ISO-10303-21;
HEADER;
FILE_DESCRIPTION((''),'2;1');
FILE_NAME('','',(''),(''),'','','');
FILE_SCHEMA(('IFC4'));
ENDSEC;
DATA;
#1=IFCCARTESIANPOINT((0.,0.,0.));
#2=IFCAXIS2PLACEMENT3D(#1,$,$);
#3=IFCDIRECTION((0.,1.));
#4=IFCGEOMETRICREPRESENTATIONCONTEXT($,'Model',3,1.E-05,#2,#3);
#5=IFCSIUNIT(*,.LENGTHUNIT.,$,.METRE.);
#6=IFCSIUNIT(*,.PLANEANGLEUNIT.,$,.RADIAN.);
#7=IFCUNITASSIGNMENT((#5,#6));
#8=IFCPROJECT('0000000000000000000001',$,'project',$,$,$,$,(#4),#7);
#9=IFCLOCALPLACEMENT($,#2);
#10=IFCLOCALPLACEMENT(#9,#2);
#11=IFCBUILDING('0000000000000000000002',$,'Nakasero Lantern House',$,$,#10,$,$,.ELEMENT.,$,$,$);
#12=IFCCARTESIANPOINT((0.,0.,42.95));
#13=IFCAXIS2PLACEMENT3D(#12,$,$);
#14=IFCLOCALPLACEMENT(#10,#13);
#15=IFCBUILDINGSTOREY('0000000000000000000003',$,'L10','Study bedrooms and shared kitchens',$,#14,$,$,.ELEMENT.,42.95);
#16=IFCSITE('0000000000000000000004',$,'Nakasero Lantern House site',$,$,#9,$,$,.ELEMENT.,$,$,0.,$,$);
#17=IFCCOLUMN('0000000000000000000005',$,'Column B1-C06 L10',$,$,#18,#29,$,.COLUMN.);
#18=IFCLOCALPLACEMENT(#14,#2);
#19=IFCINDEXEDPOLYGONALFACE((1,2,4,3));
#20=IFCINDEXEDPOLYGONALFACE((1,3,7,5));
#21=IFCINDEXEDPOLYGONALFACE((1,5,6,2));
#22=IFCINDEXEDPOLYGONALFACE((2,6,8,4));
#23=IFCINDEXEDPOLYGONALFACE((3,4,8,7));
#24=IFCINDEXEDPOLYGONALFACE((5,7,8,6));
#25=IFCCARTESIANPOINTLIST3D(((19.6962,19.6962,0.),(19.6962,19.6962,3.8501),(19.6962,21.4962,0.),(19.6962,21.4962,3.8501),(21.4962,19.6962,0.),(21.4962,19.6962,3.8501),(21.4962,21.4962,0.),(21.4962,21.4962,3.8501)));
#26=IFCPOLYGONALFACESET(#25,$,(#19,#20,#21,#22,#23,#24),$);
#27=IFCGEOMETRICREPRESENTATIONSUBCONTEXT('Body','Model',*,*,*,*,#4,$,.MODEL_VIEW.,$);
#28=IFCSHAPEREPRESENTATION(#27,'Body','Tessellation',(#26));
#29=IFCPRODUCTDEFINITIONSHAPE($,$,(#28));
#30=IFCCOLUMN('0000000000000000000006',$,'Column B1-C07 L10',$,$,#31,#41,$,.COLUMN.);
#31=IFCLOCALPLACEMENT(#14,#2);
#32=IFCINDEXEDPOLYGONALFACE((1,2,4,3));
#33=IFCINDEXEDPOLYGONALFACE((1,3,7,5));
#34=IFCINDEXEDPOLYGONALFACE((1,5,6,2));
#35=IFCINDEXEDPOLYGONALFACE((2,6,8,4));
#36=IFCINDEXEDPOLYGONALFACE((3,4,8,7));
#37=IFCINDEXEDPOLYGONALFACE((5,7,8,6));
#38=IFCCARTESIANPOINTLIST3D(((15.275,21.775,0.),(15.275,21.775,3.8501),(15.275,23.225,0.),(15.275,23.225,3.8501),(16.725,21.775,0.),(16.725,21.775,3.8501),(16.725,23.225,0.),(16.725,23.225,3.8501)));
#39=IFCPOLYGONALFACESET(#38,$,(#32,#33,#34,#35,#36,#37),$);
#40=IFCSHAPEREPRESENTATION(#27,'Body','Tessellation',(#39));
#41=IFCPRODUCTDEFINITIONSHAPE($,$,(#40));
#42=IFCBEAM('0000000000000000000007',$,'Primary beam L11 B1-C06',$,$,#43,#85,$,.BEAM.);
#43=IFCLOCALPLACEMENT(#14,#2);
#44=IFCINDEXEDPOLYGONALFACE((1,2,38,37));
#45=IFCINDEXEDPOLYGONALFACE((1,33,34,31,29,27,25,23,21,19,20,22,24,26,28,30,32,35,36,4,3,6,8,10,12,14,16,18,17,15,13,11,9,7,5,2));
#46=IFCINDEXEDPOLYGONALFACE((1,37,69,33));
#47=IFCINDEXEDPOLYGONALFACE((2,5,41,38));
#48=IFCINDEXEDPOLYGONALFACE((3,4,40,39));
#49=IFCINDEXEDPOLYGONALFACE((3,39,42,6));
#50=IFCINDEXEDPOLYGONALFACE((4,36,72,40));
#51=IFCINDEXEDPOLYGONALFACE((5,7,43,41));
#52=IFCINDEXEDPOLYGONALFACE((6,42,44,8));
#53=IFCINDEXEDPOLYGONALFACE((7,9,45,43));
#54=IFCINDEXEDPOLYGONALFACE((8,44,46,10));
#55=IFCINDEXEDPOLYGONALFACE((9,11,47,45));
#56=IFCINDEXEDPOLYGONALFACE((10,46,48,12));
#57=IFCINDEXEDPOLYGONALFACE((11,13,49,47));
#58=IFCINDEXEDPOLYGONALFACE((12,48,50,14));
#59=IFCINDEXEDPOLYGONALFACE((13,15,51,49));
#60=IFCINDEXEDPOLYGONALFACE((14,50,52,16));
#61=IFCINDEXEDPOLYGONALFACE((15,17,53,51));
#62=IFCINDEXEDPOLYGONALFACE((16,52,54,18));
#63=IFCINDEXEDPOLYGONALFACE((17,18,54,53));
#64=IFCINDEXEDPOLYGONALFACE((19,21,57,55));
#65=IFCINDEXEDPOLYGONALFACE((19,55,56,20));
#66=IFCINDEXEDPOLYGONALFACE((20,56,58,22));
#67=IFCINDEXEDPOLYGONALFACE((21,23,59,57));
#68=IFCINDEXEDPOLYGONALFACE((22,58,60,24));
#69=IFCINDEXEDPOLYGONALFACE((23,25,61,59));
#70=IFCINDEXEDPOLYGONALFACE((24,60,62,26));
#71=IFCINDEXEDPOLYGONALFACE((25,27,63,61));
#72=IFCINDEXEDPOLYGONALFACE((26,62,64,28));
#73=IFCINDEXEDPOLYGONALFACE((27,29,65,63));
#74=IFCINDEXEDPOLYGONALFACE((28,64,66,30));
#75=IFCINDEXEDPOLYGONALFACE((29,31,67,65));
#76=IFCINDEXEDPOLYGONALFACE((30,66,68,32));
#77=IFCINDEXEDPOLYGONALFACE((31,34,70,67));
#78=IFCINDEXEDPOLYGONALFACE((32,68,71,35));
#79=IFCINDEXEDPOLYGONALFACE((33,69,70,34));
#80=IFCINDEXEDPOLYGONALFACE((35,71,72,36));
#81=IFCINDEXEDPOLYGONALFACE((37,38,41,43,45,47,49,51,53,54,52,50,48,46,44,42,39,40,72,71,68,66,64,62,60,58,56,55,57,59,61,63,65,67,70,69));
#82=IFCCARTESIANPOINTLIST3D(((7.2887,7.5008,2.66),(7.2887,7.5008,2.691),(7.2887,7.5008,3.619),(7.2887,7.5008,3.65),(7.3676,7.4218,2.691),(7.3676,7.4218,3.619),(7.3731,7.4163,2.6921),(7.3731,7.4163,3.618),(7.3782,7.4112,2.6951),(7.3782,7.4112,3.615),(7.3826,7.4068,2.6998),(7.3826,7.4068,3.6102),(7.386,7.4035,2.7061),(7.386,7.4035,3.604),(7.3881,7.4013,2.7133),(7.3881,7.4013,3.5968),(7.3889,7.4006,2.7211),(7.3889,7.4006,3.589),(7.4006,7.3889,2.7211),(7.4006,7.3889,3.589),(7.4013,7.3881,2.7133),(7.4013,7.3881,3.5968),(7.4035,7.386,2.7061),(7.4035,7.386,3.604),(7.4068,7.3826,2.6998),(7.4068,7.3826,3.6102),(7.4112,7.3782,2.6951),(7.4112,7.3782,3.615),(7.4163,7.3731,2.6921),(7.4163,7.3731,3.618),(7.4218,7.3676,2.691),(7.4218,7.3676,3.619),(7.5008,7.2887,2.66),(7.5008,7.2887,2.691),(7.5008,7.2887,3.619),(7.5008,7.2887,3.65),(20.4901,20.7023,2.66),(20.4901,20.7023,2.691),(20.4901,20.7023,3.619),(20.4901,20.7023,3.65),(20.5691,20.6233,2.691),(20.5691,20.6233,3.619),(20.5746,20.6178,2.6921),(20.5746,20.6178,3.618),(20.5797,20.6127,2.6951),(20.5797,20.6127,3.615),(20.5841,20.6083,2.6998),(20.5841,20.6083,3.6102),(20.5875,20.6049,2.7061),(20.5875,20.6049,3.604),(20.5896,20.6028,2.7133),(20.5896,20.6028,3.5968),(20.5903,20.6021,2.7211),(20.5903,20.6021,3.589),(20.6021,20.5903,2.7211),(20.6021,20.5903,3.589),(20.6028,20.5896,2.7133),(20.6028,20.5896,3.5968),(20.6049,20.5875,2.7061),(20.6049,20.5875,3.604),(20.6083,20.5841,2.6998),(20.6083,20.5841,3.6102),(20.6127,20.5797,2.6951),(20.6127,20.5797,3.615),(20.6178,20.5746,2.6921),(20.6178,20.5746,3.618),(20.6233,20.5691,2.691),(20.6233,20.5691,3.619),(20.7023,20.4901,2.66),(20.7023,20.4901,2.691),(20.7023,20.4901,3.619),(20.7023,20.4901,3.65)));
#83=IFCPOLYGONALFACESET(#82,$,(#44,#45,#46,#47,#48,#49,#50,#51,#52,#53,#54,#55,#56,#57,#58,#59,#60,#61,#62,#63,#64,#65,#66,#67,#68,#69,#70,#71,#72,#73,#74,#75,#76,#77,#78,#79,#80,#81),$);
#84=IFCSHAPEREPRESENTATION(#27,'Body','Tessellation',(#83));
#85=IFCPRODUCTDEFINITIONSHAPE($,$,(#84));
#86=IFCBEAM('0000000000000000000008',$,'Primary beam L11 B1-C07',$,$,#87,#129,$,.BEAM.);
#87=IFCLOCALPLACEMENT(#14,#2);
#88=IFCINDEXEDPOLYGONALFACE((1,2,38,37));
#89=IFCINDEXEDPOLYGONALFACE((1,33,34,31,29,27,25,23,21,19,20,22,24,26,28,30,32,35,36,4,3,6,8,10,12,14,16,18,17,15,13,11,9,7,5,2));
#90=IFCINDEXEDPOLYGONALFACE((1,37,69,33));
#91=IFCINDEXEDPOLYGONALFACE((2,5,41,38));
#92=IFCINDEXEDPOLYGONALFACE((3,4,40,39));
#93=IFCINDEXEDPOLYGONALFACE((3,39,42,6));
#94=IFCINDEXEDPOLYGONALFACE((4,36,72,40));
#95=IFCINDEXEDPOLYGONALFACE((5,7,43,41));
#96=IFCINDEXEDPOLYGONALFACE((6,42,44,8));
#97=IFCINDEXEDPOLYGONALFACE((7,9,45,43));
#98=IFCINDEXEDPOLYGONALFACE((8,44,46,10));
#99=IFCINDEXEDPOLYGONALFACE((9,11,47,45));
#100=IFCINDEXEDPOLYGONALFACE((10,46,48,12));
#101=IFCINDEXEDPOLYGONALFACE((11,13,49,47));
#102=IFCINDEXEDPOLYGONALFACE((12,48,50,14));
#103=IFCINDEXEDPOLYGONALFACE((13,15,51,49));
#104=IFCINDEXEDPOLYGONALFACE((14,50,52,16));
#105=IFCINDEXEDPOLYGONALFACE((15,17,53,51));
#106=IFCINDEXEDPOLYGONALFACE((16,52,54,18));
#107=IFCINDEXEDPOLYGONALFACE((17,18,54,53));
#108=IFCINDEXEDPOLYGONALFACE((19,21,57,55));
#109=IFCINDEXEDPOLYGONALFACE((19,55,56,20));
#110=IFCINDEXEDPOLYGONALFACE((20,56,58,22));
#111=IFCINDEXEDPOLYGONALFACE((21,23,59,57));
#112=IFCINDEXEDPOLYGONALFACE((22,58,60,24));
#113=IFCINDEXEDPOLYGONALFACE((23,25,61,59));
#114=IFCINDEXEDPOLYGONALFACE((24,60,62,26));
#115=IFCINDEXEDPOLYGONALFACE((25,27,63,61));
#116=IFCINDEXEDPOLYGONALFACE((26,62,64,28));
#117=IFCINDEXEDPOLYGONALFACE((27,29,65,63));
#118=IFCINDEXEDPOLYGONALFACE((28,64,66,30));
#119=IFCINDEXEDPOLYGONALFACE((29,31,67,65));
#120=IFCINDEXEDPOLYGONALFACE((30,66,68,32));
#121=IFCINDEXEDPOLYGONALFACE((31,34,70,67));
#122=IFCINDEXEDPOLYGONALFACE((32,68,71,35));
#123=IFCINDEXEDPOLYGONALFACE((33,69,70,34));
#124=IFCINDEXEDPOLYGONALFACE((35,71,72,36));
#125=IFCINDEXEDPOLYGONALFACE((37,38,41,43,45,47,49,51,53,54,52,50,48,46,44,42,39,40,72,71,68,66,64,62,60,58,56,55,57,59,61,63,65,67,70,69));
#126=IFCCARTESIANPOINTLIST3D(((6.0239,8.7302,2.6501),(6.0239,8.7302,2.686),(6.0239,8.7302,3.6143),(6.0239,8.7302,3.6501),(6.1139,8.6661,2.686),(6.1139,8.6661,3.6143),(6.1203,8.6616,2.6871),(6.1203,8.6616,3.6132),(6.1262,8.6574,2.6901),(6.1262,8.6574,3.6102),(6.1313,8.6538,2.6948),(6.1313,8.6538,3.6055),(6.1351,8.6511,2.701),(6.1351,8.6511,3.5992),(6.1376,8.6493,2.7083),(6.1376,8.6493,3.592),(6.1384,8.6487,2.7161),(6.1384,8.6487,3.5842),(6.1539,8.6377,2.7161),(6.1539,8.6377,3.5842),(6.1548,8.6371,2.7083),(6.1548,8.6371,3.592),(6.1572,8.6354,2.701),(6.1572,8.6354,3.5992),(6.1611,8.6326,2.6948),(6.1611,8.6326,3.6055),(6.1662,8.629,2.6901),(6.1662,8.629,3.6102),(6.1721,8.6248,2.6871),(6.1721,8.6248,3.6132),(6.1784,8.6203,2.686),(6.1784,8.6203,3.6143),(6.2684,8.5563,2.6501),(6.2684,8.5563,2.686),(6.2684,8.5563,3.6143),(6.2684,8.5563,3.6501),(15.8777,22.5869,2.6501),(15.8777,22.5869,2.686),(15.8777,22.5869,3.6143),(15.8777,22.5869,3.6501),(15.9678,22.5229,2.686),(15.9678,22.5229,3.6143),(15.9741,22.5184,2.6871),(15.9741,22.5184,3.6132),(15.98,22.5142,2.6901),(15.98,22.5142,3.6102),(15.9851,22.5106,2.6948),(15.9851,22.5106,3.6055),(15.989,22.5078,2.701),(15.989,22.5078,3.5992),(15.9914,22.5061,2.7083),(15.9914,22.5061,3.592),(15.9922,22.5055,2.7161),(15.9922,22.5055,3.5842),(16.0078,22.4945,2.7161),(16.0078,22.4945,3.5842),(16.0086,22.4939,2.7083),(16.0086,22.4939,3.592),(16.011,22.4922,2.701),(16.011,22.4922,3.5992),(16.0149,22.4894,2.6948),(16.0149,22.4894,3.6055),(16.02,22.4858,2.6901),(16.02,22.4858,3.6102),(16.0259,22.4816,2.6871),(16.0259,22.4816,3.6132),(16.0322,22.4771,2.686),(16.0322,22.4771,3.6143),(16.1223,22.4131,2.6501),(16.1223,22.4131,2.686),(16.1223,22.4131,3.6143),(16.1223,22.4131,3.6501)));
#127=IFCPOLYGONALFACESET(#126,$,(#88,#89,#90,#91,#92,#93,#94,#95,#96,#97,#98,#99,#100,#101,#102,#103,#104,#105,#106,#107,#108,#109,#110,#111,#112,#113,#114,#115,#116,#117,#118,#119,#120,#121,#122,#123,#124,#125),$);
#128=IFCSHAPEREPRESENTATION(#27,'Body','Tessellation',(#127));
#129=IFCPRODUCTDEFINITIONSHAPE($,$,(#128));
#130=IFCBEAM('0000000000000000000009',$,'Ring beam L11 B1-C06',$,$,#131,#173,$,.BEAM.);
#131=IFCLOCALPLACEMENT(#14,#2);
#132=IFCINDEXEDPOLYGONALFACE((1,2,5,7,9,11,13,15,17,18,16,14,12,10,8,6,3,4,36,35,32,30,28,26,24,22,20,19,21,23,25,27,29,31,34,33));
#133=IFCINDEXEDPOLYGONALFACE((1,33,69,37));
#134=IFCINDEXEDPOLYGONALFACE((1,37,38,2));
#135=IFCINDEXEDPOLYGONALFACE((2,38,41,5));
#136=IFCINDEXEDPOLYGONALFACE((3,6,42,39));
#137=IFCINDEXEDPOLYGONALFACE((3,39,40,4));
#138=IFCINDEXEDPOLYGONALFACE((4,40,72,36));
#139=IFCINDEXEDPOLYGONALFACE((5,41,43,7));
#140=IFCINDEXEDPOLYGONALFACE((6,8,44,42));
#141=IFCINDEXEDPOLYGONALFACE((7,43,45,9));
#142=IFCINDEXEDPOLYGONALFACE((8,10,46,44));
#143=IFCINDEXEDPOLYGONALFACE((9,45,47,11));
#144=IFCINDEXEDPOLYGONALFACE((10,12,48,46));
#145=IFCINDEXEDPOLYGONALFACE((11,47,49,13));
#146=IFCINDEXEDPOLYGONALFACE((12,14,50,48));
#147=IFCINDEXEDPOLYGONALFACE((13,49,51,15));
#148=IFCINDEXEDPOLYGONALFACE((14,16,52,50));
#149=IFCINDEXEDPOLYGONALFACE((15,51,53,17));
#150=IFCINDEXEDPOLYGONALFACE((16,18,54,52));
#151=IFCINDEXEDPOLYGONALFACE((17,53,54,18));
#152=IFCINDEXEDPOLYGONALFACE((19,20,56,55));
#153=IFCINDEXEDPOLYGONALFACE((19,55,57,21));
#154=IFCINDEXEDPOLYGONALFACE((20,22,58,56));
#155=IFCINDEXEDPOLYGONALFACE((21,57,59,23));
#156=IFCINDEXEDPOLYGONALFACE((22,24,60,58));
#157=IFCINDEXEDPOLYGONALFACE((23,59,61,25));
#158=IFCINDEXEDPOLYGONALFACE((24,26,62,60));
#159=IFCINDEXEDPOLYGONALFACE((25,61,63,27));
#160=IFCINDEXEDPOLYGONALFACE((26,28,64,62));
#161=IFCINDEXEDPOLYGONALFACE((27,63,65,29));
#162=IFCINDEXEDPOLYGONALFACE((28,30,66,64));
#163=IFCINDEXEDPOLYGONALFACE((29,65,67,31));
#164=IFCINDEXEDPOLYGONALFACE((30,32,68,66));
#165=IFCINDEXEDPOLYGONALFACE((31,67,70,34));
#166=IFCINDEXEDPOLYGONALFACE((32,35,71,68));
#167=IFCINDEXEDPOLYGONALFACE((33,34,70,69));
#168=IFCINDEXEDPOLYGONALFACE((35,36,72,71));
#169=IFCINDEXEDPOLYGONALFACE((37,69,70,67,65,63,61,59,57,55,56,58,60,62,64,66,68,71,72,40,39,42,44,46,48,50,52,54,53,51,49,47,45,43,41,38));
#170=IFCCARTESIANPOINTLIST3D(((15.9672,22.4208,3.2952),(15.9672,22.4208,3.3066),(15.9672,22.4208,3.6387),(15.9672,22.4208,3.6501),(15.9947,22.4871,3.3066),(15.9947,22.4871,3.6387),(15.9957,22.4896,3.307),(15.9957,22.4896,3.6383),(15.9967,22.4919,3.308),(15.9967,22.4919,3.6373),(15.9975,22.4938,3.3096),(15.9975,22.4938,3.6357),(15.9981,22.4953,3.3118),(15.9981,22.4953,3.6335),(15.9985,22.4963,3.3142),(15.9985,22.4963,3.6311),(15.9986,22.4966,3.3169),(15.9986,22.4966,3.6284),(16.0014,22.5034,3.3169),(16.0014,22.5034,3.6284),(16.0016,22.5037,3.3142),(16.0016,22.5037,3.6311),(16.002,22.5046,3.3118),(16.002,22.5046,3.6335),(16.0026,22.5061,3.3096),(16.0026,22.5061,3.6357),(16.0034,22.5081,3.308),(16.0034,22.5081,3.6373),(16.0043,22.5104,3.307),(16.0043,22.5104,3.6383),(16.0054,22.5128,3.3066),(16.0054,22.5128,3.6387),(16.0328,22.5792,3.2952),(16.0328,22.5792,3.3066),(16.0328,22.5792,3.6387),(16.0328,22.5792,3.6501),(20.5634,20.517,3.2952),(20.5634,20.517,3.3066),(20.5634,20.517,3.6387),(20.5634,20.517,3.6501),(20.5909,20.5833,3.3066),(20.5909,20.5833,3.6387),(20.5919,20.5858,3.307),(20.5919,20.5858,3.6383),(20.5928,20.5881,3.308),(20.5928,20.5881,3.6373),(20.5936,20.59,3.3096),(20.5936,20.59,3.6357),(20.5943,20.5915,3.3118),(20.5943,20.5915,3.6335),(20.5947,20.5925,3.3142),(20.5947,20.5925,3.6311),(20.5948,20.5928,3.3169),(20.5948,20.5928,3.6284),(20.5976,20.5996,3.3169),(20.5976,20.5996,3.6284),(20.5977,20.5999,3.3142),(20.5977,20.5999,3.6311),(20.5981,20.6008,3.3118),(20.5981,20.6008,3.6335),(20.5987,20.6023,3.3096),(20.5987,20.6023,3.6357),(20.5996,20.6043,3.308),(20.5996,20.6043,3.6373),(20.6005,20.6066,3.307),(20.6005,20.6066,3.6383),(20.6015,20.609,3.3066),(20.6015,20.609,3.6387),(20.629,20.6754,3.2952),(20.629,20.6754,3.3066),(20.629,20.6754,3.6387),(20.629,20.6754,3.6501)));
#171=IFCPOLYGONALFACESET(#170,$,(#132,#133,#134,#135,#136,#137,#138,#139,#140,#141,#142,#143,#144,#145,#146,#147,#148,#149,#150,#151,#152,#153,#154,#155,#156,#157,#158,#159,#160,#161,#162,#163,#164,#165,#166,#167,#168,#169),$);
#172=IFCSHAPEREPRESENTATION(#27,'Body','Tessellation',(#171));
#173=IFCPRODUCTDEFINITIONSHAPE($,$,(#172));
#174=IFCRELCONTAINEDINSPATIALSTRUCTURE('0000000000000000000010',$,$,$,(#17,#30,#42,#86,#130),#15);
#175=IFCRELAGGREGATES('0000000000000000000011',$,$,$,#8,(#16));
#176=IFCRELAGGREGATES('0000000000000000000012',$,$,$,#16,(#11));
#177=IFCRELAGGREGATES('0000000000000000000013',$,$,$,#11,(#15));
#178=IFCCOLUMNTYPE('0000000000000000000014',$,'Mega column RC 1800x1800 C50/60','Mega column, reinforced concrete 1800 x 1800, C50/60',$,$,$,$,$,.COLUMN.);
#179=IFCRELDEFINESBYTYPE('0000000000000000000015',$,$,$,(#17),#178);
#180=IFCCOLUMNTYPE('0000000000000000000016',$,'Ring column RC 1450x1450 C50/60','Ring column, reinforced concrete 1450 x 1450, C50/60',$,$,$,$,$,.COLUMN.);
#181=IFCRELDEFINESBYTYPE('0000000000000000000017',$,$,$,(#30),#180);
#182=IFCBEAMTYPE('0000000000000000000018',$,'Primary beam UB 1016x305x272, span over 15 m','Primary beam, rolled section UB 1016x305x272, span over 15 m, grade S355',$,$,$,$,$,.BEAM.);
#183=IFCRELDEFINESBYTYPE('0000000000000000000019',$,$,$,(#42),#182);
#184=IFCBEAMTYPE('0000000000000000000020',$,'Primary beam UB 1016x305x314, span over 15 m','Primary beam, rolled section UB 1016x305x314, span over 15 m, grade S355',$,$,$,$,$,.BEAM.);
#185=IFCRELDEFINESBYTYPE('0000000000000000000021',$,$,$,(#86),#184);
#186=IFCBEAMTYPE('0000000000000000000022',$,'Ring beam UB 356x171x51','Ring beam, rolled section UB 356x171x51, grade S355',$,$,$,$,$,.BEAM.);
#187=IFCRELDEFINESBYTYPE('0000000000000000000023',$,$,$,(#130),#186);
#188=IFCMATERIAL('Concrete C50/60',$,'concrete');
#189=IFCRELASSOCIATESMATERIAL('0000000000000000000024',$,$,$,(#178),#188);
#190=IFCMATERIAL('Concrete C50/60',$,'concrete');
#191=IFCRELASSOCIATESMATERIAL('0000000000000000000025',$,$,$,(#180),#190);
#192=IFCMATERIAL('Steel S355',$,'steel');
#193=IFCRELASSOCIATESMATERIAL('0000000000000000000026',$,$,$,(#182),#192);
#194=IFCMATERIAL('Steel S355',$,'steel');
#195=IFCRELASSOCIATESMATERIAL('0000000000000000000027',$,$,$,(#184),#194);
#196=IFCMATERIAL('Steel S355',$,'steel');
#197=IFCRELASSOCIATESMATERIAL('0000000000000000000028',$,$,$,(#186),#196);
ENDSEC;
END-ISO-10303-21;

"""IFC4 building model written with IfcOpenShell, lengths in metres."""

from ifc_helpers import new_model, si_unit, direction, frame, origin, origin_2d, place, context, subcontext, project, spatial, rectangle, i_section, extrude, material, material_profile, profile_set, type_object, element, save


model = new_model("IFC4")

# Units and contexts
model_context = context("Model", 3, precision=1e-05, world=origin(), true_north=direction((0.0, 1.0)))
body_context = subcontext(model_context, "Body", "Model", "MODEL_VIEW")
ifc_project = project(units=[si_unit("LENGTHUNIT", "METRE"), si_unit("PLANEANGLEUNIT", "RADIAN")], contexts=[model_context])

# Site, building, storey
site_placement = place(None, origin())
site = spatial("IfcSite", under=ifc_project, at=site_placement, Name="Nakasero Lantern House site", CompositionType="ELEMENT", RefElevation=0.0)
building_placement = place(site_placement, origin())
building = spatial("IfcBuilding", under=site, at=building_placement, Name="Nakasero Lantern House", CompositionType="ELEMENT")
storey_placement = place(building_placement, frame((0.0, 0.0, 42.95)))
storey = spatial("IfcBuildingStorey", under=building, at=storey_placement, Name="L10", Description="Study bedrooms and shared kitchens", CompositionType="ELEMENT", Elevation=42.95)

# Columns
ifc_material_1 = material(Name="Concrete C50/60", Category="concrete")
ifc_material_profile_1 = material_profile(ifc_material_1, rectangle(XDim=1.8, YDim=1.8, at=origin_2d()), Name="RC 1800x1800")
ifc_profile_set_1 = profile_set([ifc_material_profile_1], Name="Concrete C50/60")
column_type_1 = type_object("IfcColumnType", Name="Mega column RC 1800x1800 C50/60", Description="Mega column, reinforced concrete 1800 x 1800, C50/60", PredefinedType="COLUMN", material=ifc_profile_set_1)
column_1_placement = place(storey_placement, frame((20.5962, 20.5962, 0.0), z_axis=(0.0, 0.0, 1.0), x_axis=(1.0, 0.0, 0.0)))
element("IfcColumn", 1, at=column_1_placement, inside=storey, type_object=column_type_1, Name="Column B1-C06 L10", PredefinedType="COLUMN", context=body_context, shape_type="SweptSolid", body=[
    extrude(rectangle(XDim=1.8, YDim=1.8, at=origin_2d()), origin(), (0.0, 0.0, 1.0), 3.8501),
])
ifc_material_2 = material(Name="Concrete C50/60", Category="concrete")
ifc_material_profile_2 = material_profile(ifc_material_2, rectangle(XDim=1.45, YDim=1.45, at=origin_2d()), Name="RC 1450x1450")
ifc_profile_set_2 = profile_set([ifc_material_profile_2], Name="Concrete C50/60")
column_type_2 = type_object("IfcColumnType", Name="Ring column RC 1450x1450 C50/60", Description="Ring column, reinforced concrete 1450 x 1450, C50/60", PredefinedType="COLUMN", material=ifc_profile_set_2)
column_2_placement = place(storey_placement, frame((16.0, 22.5, 0.0), z_axis=(0.0, 0.0, 1.0), x_axis=(1.0, 0.0, 0.0)))
element("IfcColumn", 2, at=column_2_placement, inside=storey, type_object=column_type_2, Name="Column B1-C07 L10", PredefinedType="COLUMN", context=body_context, shape_type="SweptSolid", body=[
    extrude(rectangle(XDim=1.45, YDim=1.45, at=origin_2d()), origin(), (0.0, 0.0, 1.0), 3.8501),
])

# Beams
ifc_material_3 = material(Name="Steel S355", Category="steel")
ifc_material_profile_3 = material_profile(ifc_material_3, i_section(OverallWidth=0.3, OverallDepth=0.99, WebThickness=0.0166, FlangeThickness=0.031, FilletRadius=0.03, at=origin_2d()), Name="UB 1016x305x272")
ifc_profile_set_3 = profile_set([ifc_material_profile_3], Name="Steel S355")
beam_type_1 = type_object("IfcBeamType", Name="Primary beam UB 1016x305x272, span over 15 m", Description="Primary beam, rolled section UB 1016x305x272, span over 15 m, grade S355", PredefinedType="BEAM", material=ifc_profile_set_3)
beam_1_placement = place(storey_placement, frame((20.5962, 20.5962, 3.155), z_axis=(-0.707107, -0.707107, 0.0), x_axis=(0.707107, -0.707107, 0.0)))
element("IfcBeam", 3, at=beam_1_placement, inside=storey, type_object=beam_type_1, Name="Primary beam L11 B1-C06", PredefinedType="BEAM", context=body_context, shape_type="SweptSolid", body=[
    extrude(i_section(OverallWidth=0.3, OverallDepth=0.99, WebThickness=0.0166, FlangeThickness=0.031, FilletRadius=0.03, at=origin_2d()), origin(), (0.0, 0.0, 1.0), 18.6697),
])
ifc_material_4 = material(Name="Steel S355", Category="steel")
ifc_material_profile_4 = material_profile(ifc_material_4, i_section(OverallWidth=0.3, OverallDepth=1.0, WebThickness=0.019, FlangeThickness=0.0359, FilletRadius=0.03, at=origin_2d()), Name="UB 1016x305x314")
ifc_profile_set_4 = profile_set([ifc_material_profile_4], Name="Steel S355")
beam_type_2 = type_object("IfcBeamType", Name="Primary beam UB 1016x305x314, span over 15 m", Description="Primary beam, rolled section UB 1016x305x314, span over 15 m, grade S355", PredefinedType="BEAM", material=ifc_profile_set_4)
beam_2_placement = place(storey_placement, frame((16.0, 22.5, 3.1501), z_axis=(-0.579528, -0.814952, 0.0), x_axis=(0.814952, -0.579528, 0.0)))
element("IfcBeam", 4, at=beam_2_placement, inside=storey, type_object=beam_type_2, Name="Primary beam L11 B1-C07", PredefinedType="BEAM", context=body_context, shape_type="SweptSolid", body=[
    extrude(i_section(OverallWidth=0.3, OverallDepth=1.0, WebThickness=0.019, FlangeThickness=0.0359, FilletRadius=0.03, at=origin_2d()), origin(), (0.0, 0.0, 1.0), 17.0032),
])
ifc_material_5 = material(Name="Steel S355", Category="steel")
ifc_material_profile_5 = material_profile(ifc_material_5, i_section(OverallWidth=0.1714, OverallDepth=0.355, WebThickness=0.0073, FlangeThickness=0.0115, FilletRadius=0.0103, at=origin_2d()), Name="UB 356x171x51")
ifc_profile_set_5 = profile_set([ifc_material_profile_5], Name="Steel S355")
beam_type_3 = type_object("IfcBeamType", Name="Ring beam UB 356x171x51", Description="Ring beam, rolled section UB 356x171x51, grade S355", PredefinedType="BEAM", material=ifc_profile_set_5)
beam_3_placement = place(storey_placement, frame((20.5962, 20.5962, 3.4727), z_axis=(-0.923879, 0.382684, 0.0), x_axis=(-0.382684, -0.923879, 0.0)))
element("IfcBeam", 5, at=beam_3_placement, inside=storey, type_object=beam_type_3, Name="Ring beam L11 B1-C06", PredefinedType="BEAM", context=body_context, shape_type="SweptSolid", body=[
    extrude(i_section(OverallWidth=0.1714, OverallDepth=0.355, WebThickness=0.0073, FlangeThickness=0.0115, FilletRadius=0.0103, at=origin_2d()), origin(), (0.0, 0.0, 1.0), 4.9749),
])

save(model, "model.ifc")
